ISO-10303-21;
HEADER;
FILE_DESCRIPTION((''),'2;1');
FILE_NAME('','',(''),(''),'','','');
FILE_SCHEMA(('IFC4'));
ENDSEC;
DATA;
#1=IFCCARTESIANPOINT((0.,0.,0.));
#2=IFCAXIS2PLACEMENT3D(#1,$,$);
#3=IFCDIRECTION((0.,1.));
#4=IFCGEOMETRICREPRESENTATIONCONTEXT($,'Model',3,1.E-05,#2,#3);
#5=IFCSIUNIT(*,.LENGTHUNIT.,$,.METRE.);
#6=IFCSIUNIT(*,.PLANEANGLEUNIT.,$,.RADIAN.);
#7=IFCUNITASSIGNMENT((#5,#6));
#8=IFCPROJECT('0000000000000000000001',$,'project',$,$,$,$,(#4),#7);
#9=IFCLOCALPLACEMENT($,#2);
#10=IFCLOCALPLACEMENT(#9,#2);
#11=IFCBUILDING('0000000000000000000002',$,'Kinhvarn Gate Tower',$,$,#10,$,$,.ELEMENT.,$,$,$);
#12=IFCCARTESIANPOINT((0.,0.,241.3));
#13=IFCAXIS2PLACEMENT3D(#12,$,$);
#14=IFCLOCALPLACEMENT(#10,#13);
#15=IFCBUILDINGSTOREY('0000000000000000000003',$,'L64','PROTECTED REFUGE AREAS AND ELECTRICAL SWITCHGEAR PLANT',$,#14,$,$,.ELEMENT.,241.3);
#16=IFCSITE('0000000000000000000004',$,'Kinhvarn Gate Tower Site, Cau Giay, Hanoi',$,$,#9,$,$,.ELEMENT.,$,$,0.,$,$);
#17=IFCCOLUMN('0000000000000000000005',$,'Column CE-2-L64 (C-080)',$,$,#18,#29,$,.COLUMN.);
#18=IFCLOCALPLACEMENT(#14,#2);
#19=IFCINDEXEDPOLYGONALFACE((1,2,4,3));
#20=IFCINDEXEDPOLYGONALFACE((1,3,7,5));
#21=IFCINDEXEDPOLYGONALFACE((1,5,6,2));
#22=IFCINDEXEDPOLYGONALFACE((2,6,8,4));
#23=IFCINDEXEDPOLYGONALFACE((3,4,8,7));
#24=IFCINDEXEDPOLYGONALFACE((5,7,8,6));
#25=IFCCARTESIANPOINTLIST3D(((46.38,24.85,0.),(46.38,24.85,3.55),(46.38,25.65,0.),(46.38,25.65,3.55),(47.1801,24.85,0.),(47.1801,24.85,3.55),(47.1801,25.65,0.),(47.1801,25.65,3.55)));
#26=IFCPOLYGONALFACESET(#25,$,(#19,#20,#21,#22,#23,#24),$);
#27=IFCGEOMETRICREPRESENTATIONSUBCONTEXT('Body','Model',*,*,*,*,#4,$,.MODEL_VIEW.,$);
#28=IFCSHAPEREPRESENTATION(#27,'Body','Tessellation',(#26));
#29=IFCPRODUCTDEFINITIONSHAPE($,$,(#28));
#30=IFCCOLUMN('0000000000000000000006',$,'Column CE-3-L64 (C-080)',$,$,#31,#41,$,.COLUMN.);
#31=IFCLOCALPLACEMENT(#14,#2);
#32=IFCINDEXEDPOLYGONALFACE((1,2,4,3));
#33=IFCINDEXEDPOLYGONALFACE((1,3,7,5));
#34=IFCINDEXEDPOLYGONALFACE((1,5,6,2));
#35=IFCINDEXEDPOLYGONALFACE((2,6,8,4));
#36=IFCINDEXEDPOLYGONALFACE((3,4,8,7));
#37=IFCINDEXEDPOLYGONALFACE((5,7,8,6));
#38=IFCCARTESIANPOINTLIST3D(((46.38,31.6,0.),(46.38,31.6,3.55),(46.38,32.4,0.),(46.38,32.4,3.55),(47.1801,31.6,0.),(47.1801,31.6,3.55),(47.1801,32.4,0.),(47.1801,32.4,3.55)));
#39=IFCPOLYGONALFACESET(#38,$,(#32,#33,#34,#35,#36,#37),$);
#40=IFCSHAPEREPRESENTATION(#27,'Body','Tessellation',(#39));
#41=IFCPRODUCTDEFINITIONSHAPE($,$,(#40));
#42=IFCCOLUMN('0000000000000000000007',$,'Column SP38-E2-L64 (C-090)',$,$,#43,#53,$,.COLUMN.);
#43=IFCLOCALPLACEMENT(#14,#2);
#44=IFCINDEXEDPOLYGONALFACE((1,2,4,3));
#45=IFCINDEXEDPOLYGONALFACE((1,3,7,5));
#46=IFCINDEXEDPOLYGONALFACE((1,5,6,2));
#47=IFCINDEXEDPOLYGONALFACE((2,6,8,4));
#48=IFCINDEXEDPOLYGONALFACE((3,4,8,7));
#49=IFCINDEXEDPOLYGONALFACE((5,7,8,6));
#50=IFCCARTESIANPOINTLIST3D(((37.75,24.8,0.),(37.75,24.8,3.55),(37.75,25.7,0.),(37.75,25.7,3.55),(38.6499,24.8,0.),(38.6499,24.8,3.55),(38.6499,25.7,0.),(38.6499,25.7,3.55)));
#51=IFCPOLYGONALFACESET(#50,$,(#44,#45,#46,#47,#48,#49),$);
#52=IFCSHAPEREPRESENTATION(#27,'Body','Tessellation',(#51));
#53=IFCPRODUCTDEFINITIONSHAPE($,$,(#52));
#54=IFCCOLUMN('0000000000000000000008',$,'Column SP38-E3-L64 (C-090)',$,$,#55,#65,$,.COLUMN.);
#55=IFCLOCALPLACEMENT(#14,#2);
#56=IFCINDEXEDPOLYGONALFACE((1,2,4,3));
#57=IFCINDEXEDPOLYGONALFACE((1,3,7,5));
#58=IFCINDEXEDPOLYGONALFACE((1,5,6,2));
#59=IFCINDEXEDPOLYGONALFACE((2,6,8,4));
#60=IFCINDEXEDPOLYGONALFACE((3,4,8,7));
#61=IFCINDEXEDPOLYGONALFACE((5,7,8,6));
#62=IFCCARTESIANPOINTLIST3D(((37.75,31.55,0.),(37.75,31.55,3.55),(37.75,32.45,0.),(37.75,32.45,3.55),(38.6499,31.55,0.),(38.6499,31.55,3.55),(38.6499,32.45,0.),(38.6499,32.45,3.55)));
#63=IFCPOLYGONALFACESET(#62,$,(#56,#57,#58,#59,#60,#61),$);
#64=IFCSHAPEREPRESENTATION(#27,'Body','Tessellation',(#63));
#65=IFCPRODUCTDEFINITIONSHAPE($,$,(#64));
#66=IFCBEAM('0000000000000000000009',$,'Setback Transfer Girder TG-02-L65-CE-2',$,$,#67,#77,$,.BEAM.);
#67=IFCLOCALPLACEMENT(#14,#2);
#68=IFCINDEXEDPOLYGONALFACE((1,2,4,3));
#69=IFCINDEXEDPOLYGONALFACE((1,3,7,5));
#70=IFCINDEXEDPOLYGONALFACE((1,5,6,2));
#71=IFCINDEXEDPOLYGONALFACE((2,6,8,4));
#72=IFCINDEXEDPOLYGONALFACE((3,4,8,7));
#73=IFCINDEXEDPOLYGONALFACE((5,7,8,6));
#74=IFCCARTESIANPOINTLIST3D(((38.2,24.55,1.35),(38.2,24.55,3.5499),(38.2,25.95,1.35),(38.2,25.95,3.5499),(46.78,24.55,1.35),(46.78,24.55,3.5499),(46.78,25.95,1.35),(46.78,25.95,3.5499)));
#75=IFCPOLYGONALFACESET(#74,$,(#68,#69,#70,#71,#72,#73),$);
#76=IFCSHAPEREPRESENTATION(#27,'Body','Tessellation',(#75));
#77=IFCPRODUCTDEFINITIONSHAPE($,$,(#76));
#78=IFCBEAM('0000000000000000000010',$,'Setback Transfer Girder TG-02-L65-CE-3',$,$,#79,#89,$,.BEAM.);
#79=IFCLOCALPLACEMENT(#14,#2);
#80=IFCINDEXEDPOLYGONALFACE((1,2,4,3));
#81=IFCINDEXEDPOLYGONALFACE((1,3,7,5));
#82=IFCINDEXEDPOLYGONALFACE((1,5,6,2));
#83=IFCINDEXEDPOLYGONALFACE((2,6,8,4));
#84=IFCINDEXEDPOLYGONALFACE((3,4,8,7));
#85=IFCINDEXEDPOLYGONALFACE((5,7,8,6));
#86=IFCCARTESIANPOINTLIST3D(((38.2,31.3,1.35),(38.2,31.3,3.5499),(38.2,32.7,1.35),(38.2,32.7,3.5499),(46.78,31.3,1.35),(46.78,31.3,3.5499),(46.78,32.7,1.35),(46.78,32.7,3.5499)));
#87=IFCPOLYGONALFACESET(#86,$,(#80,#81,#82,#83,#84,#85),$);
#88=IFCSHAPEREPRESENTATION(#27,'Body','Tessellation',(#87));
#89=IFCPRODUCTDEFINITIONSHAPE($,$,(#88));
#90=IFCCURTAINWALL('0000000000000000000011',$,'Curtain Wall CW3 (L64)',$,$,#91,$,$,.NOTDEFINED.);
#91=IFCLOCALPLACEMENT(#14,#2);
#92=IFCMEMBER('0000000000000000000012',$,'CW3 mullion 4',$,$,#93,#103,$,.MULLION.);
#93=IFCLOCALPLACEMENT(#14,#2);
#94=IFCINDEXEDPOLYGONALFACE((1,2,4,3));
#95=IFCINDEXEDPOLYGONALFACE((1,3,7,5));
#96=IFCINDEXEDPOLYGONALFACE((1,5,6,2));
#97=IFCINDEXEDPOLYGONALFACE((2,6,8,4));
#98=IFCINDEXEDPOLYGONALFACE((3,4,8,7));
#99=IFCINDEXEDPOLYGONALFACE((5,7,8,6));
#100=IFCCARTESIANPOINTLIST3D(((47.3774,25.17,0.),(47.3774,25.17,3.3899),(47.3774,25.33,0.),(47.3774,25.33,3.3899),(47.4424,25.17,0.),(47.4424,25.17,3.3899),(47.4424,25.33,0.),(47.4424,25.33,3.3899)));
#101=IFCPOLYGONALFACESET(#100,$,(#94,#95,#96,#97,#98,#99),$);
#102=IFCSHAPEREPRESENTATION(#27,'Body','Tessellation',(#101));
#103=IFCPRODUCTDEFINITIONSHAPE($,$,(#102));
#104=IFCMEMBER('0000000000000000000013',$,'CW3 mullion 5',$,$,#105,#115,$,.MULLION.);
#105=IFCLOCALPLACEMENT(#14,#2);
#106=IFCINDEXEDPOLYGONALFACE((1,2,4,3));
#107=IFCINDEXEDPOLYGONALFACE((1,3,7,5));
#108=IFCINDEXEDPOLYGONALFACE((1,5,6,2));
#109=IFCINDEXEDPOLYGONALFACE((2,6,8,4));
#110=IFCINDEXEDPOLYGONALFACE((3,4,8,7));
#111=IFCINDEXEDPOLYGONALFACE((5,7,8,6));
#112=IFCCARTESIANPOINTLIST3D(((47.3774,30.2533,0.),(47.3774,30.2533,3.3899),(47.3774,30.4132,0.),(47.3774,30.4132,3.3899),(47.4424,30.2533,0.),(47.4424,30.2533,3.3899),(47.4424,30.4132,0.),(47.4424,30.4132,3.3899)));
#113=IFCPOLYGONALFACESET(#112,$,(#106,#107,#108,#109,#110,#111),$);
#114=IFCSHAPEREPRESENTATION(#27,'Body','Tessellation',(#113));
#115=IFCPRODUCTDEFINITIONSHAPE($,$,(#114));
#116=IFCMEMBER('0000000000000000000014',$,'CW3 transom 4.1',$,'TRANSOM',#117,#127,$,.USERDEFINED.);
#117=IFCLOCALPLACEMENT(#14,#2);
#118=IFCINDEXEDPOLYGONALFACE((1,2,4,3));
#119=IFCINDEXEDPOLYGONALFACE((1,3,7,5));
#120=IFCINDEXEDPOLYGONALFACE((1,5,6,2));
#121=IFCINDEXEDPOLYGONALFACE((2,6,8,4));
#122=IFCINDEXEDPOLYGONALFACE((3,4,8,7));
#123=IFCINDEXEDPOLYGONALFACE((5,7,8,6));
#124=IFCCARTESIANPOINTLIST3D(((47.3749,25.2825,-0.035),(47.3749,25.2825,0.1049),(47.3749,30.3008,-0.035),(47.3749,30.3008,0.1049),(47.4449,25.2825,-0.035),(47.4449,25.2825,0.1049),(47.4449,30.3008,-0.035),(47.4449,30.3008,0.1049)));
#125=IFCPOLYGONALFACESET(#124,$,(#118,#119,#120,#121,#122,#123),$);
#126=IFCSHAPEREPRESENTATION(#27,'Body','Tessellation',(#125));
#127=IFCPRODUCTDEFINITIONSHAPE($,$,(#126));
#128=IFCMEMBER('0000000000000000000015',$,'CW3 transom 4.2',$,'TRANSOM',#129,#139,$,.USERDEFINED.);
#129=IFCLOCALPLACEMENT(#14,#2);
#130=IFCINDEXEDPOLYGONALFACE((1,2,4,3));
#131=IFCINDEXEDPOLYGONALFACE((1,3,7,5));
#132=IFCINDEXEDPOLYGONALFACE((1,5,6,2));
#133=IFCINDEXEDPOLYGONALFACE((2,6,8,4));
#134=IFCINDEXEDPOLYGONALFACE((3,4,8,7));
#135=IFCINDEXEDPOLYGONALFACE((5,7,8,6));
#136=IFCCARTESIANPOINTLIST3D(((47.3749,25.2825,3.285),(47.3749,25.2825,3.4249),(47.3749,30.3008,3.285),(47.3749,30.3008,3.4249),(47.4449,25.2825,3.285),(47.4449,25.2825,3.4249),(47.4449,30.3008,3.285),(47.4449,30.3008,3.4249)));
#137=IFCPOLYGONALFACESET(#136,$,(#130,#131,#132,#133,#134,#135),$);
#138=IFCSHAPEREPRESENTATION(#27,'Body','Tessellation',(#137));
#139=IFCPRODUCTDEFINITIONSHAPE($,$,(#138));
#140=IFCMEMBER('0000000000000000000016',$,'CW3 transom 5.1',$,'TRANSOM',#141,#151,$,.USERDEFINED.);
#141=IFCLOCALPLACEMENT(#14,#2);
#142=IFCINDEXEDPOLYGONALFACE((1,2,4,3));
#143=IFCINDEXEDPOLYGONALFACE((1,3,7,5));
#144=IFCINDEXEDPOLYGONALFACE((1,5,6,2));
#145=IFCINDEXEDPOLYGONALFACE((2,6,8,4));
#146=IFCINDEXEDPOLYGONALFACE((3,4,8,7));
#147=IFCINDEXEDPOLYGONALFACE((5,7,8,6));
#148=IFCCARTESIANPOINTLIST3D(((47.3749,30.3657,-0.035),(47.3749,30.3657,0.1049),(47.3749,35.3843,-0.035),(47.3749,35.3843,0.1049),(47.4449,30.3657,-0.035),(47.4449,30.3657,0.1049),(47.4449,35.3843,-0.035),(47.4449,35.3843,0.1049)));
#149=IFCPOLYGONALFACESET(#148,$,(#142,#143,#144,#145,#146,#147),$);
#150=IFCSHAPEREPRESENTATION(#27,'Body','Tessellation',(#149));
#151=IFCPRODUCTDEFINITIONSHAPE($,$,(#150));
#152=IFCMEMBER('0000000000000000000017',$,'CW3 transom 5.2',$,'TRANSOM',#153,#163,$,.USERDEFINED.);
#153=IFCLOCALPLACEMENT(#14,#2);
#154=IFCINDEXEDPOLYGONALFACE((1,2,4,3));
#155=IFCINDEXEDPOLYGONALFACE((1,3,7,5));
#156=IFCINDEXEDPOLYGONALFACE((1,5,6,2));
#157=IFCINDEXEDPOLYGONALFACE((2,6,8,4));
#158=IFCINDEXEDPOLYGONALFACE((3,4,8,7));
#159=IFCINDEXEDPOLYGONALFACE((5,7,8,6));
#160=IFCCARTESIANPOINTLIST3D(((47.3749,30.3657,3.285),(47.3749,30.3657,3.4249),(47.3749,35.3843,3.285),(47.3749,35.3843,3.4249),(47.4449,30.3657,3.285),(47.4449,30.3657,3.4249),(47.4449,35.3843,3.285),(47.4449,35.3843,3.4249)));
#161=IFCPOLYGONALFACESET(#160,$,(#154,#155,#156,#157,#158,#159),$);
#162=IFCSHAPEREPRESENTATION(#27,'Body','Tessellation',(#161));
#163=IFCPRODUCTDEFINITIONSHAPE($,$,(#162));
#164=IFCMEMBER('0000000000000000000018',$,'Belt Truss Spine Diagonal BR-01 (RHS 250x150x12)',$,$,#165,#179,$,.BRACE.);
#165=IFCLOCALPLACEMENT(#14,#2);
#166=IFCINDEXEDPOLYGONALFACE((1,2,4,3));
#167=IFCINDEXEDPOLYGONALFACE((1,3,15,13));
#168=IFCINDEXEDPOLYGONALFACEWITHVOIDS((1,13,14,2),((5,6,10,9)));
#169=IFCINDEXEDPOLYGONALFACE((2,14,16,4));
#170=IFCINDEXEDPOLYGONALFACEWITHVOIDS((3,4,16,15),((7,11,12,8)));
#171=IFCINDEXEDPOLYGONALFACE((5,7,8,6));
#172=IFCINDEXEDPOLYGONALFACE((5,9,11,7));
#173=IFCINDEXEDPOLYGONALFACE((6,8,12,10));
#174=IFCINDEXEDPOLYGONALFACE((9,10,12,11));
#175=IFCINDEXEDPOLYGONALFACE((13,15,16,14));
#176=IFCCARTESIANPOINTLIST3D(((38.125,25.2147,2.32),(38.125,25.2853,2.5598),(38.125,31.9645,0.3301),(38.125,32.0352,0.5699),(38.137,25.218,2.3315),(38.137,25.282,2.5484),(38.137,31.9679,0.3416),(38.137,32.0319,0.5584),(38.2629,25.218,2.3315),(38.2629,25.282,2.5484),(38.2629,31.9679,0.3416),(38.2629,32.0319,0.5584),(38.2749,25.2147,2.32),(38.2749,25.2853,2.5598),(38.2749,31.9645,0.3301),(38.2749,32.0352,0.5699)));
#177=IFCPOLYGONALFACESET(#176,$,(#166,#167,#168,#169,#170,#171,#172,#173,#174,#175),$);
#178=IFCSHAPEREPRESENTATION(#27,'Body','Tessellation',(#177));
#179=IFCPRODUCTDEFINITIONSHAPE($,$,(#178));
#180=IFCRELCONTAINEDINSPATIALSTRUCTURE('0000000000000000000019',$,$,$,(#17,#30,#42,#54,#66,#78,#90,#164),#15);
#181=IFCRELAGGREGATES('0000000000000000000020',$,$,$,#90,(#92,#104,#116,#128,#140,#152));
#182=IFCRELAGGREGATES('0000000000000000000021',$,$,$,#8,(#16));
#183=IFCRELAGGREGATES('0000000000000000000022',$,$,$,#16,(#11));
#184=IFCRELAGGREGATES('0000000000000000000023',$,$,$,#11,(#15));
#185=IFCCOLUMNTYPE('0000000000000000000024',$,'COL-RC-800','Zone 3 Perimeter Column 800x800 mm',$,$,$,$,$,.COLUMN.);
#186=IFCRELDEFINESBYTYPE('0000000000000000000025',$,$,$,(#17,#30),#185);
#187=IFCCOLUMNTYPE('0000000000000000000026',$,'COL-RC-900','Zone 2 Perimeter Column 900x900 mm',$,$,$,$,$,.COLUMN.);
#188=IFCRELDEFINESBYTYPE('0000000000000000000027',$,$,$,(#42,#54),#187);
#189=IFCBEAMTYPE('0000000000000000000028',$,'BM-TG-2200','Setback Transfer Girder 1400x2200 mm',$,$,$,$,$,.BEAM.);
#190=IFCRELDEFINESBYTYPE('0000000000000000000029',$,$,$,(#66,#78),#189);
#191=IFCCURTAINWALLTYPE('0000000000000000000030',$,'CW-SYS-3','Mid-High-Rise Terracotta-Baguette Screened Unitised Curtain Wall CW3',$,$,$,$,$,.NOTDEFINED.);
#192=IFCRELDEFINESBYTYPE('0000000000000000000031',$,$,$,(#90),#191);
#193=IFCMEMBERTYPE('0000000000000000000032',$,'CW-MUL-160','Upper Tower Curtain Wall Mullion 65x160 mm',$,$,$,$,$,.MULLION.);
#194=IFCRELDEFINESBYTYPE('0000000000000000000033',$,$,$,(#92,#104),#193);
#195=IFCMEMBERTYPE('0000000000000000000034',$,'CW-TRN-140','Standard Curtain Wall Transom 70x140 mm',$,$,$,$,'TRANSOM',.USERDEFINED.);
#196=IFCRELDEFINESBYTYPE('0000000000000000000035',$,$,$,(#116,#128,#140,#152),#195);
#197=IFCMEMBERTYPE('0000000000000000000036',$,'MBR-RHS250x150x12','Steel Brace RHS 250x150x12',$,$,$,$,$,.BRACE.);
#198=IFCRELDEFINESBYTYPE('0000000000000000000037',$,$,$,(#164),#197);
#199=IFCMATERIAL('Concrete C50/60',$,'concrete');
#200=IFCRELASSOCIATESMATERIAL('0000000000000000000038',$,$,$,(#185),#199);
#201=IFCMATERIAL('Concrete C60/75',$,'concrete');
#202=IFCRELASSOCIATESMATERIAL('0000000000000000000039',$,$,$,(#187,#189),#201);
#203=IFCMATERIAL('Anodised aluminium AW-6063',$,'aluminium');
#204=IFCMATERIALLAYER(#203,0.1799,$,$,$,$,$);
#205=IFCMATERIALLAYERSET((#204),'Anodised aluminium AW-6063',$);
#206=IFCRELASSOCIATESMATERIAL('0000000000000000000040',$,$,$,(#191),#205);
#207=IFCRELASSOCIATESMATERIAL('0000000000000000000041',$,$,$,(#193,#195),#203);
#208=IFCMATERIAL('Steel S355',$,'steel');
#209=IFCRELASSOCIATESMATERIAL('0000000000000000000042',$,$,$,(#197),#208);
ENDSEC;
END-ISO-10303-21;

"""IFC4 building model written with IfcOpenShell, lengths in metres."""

from ifc_helpers import new_model, si_unit, direction, frame, origin, origin_2d, place, context, subcontext, project, spatial, rectangle, hollow_rectangle, extrude, material, layer, layer_set, material_profile, profile_set, type_object, element, aggregate, save


model = new_model("IFC4")

# Units and contexts
model_context = context("Model", 3, precision=1e-05, world=origin(), true_north=direction((0.0, 1.0)))
body_context = subcontext(model_context, "Body", "Model", "MODEL_VIEW")
ifc_project = project(units=[si_unit("LENGTHUNIT", "METRE"), si_unit("PLANEANGLEUNIT", "RADIAN")], contexts=[model_context])

# Site, building, storey
site_placement = place(None, origin())
site = spatial("IfcSite", under=ifc_project, at=site_placement, Name="Kinhvarn Gate Tower Site, Cau Giay, Hanoi", CompositionType="ELEMENT", RefElevation=0.0)
building_placement = place(site_placement, origin())
building = spatial("IfcBuilding", under=site, at=building_placement, Name="Kinhvarn Gate Tower", CompositionType="ELEMENT")
storey_placement = place(building_placement, frame((0.0, 0.0, 241.3)))
storey = spatial("IfcBuildingStorey", under=building, at=storey_placement, Name="L64", Description="PROTECTED REFUGE AREAS AND ELECTRICAL SWITCHGEAR PLANT", CompositionType="ELEMENT", Elevation=241.3)

# Columns
ifc_material_1 = material(Name="Concrete C50/60", Category="concrete")
ifc_material_profile_1 = material_profile(ifc_material_1, rectangle(XDim=0.8, YDim=0.8, at=origin_2d()), Name="RC 800x800")
ifc_profile_set_1 = profile_set([ifc_material_profile_1], Name="Concrete C50/60")
column_type_1 = type_object("IfcColumnType", Name="COL-RC-800", Description="Zone 3 Perimeter Column 800x800 mm", PredefinedType="COLUMN", material=ifc_profile_set_1)
for number, where, z_axis, x_axis, name in (
    (1, (46.78, 25.25, 0.0), (0.0, 0.0, 1.0), (1.0, 0.0, 0.0), "Column CE-2-L64 (C-080)"),
    (2, (46.78, 32.0, 0.0), (0.0, 0.0, 1.0), (1.0, 0.0, 0.0), "Column CE-3-L64 (C-080)"),
):
    element("IfcColumn", number, at=place(storey_placement, frame(where, z_axis=z_axis, x_axis=x_axis)), inside=storey, type_object=column_type_1, Name=name, PredefinedType="COLUMN", context=body_context, shape_type="SweptSolid", body=[
        extrude(rectangle(XDim=0.8, YDim=0.8, at=origin_2d()), origin(), (0.0, 0.0, 1.0), 3.55),
    ])
ifc_material_2 = material(Name="Concrete C60/75", Category="concrete")
ifc_material_profile_2 = material_profile(ifc_material_2, rectangle(XDim=0.8999, YDim=0.8999, at=origin_2d()), Name="RC 900x900")
ifc_profile_set_2 = profile_set([ifc_material_profile_2], Name="Concrete C60/75")
column_type_2 = type_object("IfcColumnType", Name="COL-RC-900", Description="Zone 2 Perimeter Column 900x900 mm", PredefinedType="COLUMN", material=ifc_profile_set_2)
for number, where, z_axis, x_axis, name in (
    (3, (38.2, 25.25, 0.0), (0.0, 0.0, 1.0), (1.0, 0.0, 0.0), "Column SP38-E2-L64 (C-090)"),
    (4, (38.2, 32.0, 0.0), (0.0, 0.0, 1.0), (1.0, 0.0, 0.0), "Column SP38-E3-L64 (C-090)"),
):
    element("IfcColumn", number, at=place(storey_placement, frame(where, z_axis=z_axis, x_axis=x_axis)), inside=storey, type_object=column_type_2, Name=name, PredefinedType="COLUMN", context=body_context, shape_type="SweptSolid", body=[
        extrude(rectangle(XDim=0.8999, YDim=0.8999, at=origin_2d()), origin(), (0.0, 0.0, 1.0), 3.55),
    ])

# Beams
ifc_material_profile_3 = material_profile(ifc_material_2, rectangle(XDim=1.3999, YDim=2.2, at=origin_2d()), Name="RC 1400x2200")
ifc_profile_set_3 = profile_set([ifc_material_profile_3], Name="Concrete C60/75")
beam_type_1 = type_object("IfcBeamType", Name="BM-TG-2200", Description="Setback Transfer Girder 1400x2200 mm", PredefinedType="BEAM", material=ifc_profile_set_3)
for number, where, z_axis, x_axis, name in (
    (5, (38.2, 25.25, 2.45), (1.0, 0.0, 0.0), (0.0, 1.0, 0.0), "Setback Transfer Girder TG-02-L65-CE-2"),
    (6, (38.2, 32.0, 2.45), (1.0, 0.0, 0.0), (0.0, 1.0, 0.0), "Setback Transfer Girder TG-02-L65-CE-3"),
):
    element("IfcBeam", number, at=place(storey_placement, frame(where, z_axis=z_axis, x_axis=x_axis)), inside=storey, type_object=beam_type_1, Name=name, PredefinedType="BEAM", context=body_context, shape_type="SweptSolid", body=[
        extrude(rectangle(XDim=1.3999, YDim=2.2, at=origin_2d()), origin(), (0.0, 0.0, 1.0), 8.5801),
    ])

# Curtain wall, members
ifc_material_3 = material(Name="Anodised aluminium AW-6063", Category="aluminium")
ifc_layer_1 = layer(ifc_material_3, 0.1799)
ifc_layer_set_1 = layer_set([ifc_layer_1], Name="Anodised aluminium AW-6063")
curtain_wall_type = type_object("IfcCurtainWallType", Name="CW-SYS-3", Description="Mid-High-Rise Terracotta-Baguette Screened Unitised Curtain Wall CW3", PredefinedType="NOTDEFINED", material=ifc_layer_set_1)
curtain_wall_placement = place(storey_placement, origin())
curtain_wall = element("IfcCurtainWall", 7, at=curtain_wall_placement, inside=storey, type_object=curtain_wall_type, Name="Curtain Wall CW3 (L64)", PredefinedType="NOTDEFINED")
ifc_material_profile_4 = material_profile(ifc_material_3, rectangle(XDim=0.0649, YDim=0.1599, at=origin_2d()), Name="ALU 65x160")
ifc_profile_set_4 = profile_set([ifc_material_profile_4], Name="Anodised aluminium AW-6063")
member_type_1 = type_object("IfcMemberType", Name="CW-MUL-160", Description="Upper Tower Curtain Wall Mullion 65x160 mm", PredefinedType="MULLION", material=ifc_profile_set_4)
member_1_placement = place(storey_placement, frame((47.4099, 25.25, 0.0), z_axis=(0.0, 0.0, 1.0), x_axis=(-1.0, 0.0, 0.0)))
member_1 = element("IfcMember", 8, at=member_1_placement, type_object=member_type_1, Name="CW3 mullion 4", PredefinedType="MULLION", context=body_context, shape_type="SweptSolid", body=[
    extrude(rectangle(XDim=0.0649, YDim=0.1599, at=origin_2d()), origin(), (0.0, 0.0, 1.0), 3.3899),
])
member_2_placement = place(storey_placement, frame((47.4099, 30.3333, 0.0), z_axis=(0.0, 0.0, 1.0), x_axis=(-1.0, 0.0, 0.0)))
member_2 = element("IfcMember", 9, at=member_2_placement, type_object=member_type_1, Name="CW3 mullion 5", PredefinedType="MULLION", context=body_context, shape_type="SweptSolid", body=[
    extrude(rectangle(XDim=0.0649, YDim=0.1599, at=origin_2d()), origin(), (0.0, 0.0, 1.0), 3.3899),
])
ifc_material_profile_5 = material_profile(ifc_material_3, rectangle(XDim=0.0701, YDim=0.1399, at=origin_2d()), Name="ALU 70x140")
ifc_profile_set_5 = profile_set([ifc_material_profile_5], Name="Anodised aluminium AW-6063")
member_type_2 = type_object("IfcMemberType", Name="CW-TRN-140", Description="Standard Curtain Wall Transom 70x140 mm", ElementType="TRANSOM", PredefinedType="USERDEFINED", material=ifc_profile_set_5)
member_3_placement = place(storey_placement, frame((47.4099, 25.2825, 0.0349), z_axis=(0.0, 1.0, 0.0), x_axis=(-1.0, 0.0, 0.0)))
member_3 = element("IfcMember", 10, at=member_3_placement, type_object=member_type_2, Name="CW3 transom 4.1", ObjectType="TRANSOM", PredefinedType="USERDEFINED", context=body_context, shape_type="SweptSolid", body=[
    extrude(rectangle(XDim=0.0701, YDim=0.1399, at=origin_2d()), origin(), (0.0, 0.0, 1.0), 5.0183),
])
member_4_placement = place(storey_placement, frame((47.4099, 25.2825, 3.355), z_axis=(0.0, 1.0, 0.0), x_axis=(-1.0, 0.0, 0.0)))
member_4 = element("IfcMember", 11, at=member_4_placement, type_object=member_type_2, Name="CW3 transom 4.2", ObjectType="TRANSOM", PredefinedType="USERDEFINED", context=body_context, shape_type="SweptSolid", body=[
    extrude(rectangle(XDim=0.0701, YDim=0.1399, at=origin_2d()), origin(), (0.0, 0.0, 1.0), 5.0183),
])
member_5_placement = place(storey_placement, frame((47.4099, 30.3657, 0.0349), z_axis=(0.0, 1.0, 0.0), x_axis=(-1.0, 0.0, 0.0)))
member_5 = element("IfcMember", 12, at=member_5_placement, type_object=member_type_2, Name="CW3 transom 5.1", ObjectType="TRANSOM", PredefinedType="USERDEFINED", context=body_context, shape_type="SweptSolid", body=[
    extrude(rectangle(XDim=0.0701, YDim=0.1399, at=origin_2d()), origin(), (0.0, 0.0, 1.0), 5.0186),
])
member_6_placement = place(storey_placement, frame((47.4099, 30.3657, 3.355), z_axis=(0.0, 1.0, 0.0), x_axis=(-1.0, 0.0, 0.0)))
member_6 = element("IfcMember", 13, at=member_6_placement, type_object=member_type_2, Name="CW3 transom 5.2", ObjectType="TRANSOM", PredefinedType="USERDEFINED", context=body_context, shape_type="SweptSolid", body=[
    extrude(rectangle(XDim=0.0701, YDim=0.1399, at=origin_2d()), origin(), (0.0, 0.0, 1.0), 5.0186),
])

# Member
ifc_material_4 = material(Name="Steel S355", Category="steel")
ifc_material_profile_6 = material_profile(ifc_material_4, hollow_rectangle(XDim=0.1499, YDim=0.25, WallThickness=0.012, at=origin_2d()), Name="RHS 250x150x12")
ifc_profile_set_6 = profile_set([ifc_material_profile_6], Name="Steel S355")
member_type_3 = type_object("IfcMemberType", Name="MBR-RHS250x150x12", Description="Steel Brace RHS 250x150x12", PredefinedType="BRACE", material=ifc_profile_set_6)
member_7_placement = place(storey_placement, frame((38.2, 25.25, 2.4399), z_axis=(0.0, 0.959185, -0.28278), x_axis=(-1.0, 0.0, 0.0)))
element("IfcMember", 14, at=member_7_placement, inside=storey, type_object=member_type_3, Name="Belt Truss Spine Diagonal BR-01 (RHS 250x150x12)", PredefinedType="BRACE", context=body_context, shape_type="SweptSolid", body=[
    extrude(hollow_rectangle(XDim=0.1499, YDim=0.25, WallThickness=0.012, at=origin_2d()), origin(), (0.0, 0.0, 1.0), 7.0371),
])

aggregate(curtain_wall, [member_1, member_2, member_3, member_4, member_5, member_6])

save(model, "model.ifc")
